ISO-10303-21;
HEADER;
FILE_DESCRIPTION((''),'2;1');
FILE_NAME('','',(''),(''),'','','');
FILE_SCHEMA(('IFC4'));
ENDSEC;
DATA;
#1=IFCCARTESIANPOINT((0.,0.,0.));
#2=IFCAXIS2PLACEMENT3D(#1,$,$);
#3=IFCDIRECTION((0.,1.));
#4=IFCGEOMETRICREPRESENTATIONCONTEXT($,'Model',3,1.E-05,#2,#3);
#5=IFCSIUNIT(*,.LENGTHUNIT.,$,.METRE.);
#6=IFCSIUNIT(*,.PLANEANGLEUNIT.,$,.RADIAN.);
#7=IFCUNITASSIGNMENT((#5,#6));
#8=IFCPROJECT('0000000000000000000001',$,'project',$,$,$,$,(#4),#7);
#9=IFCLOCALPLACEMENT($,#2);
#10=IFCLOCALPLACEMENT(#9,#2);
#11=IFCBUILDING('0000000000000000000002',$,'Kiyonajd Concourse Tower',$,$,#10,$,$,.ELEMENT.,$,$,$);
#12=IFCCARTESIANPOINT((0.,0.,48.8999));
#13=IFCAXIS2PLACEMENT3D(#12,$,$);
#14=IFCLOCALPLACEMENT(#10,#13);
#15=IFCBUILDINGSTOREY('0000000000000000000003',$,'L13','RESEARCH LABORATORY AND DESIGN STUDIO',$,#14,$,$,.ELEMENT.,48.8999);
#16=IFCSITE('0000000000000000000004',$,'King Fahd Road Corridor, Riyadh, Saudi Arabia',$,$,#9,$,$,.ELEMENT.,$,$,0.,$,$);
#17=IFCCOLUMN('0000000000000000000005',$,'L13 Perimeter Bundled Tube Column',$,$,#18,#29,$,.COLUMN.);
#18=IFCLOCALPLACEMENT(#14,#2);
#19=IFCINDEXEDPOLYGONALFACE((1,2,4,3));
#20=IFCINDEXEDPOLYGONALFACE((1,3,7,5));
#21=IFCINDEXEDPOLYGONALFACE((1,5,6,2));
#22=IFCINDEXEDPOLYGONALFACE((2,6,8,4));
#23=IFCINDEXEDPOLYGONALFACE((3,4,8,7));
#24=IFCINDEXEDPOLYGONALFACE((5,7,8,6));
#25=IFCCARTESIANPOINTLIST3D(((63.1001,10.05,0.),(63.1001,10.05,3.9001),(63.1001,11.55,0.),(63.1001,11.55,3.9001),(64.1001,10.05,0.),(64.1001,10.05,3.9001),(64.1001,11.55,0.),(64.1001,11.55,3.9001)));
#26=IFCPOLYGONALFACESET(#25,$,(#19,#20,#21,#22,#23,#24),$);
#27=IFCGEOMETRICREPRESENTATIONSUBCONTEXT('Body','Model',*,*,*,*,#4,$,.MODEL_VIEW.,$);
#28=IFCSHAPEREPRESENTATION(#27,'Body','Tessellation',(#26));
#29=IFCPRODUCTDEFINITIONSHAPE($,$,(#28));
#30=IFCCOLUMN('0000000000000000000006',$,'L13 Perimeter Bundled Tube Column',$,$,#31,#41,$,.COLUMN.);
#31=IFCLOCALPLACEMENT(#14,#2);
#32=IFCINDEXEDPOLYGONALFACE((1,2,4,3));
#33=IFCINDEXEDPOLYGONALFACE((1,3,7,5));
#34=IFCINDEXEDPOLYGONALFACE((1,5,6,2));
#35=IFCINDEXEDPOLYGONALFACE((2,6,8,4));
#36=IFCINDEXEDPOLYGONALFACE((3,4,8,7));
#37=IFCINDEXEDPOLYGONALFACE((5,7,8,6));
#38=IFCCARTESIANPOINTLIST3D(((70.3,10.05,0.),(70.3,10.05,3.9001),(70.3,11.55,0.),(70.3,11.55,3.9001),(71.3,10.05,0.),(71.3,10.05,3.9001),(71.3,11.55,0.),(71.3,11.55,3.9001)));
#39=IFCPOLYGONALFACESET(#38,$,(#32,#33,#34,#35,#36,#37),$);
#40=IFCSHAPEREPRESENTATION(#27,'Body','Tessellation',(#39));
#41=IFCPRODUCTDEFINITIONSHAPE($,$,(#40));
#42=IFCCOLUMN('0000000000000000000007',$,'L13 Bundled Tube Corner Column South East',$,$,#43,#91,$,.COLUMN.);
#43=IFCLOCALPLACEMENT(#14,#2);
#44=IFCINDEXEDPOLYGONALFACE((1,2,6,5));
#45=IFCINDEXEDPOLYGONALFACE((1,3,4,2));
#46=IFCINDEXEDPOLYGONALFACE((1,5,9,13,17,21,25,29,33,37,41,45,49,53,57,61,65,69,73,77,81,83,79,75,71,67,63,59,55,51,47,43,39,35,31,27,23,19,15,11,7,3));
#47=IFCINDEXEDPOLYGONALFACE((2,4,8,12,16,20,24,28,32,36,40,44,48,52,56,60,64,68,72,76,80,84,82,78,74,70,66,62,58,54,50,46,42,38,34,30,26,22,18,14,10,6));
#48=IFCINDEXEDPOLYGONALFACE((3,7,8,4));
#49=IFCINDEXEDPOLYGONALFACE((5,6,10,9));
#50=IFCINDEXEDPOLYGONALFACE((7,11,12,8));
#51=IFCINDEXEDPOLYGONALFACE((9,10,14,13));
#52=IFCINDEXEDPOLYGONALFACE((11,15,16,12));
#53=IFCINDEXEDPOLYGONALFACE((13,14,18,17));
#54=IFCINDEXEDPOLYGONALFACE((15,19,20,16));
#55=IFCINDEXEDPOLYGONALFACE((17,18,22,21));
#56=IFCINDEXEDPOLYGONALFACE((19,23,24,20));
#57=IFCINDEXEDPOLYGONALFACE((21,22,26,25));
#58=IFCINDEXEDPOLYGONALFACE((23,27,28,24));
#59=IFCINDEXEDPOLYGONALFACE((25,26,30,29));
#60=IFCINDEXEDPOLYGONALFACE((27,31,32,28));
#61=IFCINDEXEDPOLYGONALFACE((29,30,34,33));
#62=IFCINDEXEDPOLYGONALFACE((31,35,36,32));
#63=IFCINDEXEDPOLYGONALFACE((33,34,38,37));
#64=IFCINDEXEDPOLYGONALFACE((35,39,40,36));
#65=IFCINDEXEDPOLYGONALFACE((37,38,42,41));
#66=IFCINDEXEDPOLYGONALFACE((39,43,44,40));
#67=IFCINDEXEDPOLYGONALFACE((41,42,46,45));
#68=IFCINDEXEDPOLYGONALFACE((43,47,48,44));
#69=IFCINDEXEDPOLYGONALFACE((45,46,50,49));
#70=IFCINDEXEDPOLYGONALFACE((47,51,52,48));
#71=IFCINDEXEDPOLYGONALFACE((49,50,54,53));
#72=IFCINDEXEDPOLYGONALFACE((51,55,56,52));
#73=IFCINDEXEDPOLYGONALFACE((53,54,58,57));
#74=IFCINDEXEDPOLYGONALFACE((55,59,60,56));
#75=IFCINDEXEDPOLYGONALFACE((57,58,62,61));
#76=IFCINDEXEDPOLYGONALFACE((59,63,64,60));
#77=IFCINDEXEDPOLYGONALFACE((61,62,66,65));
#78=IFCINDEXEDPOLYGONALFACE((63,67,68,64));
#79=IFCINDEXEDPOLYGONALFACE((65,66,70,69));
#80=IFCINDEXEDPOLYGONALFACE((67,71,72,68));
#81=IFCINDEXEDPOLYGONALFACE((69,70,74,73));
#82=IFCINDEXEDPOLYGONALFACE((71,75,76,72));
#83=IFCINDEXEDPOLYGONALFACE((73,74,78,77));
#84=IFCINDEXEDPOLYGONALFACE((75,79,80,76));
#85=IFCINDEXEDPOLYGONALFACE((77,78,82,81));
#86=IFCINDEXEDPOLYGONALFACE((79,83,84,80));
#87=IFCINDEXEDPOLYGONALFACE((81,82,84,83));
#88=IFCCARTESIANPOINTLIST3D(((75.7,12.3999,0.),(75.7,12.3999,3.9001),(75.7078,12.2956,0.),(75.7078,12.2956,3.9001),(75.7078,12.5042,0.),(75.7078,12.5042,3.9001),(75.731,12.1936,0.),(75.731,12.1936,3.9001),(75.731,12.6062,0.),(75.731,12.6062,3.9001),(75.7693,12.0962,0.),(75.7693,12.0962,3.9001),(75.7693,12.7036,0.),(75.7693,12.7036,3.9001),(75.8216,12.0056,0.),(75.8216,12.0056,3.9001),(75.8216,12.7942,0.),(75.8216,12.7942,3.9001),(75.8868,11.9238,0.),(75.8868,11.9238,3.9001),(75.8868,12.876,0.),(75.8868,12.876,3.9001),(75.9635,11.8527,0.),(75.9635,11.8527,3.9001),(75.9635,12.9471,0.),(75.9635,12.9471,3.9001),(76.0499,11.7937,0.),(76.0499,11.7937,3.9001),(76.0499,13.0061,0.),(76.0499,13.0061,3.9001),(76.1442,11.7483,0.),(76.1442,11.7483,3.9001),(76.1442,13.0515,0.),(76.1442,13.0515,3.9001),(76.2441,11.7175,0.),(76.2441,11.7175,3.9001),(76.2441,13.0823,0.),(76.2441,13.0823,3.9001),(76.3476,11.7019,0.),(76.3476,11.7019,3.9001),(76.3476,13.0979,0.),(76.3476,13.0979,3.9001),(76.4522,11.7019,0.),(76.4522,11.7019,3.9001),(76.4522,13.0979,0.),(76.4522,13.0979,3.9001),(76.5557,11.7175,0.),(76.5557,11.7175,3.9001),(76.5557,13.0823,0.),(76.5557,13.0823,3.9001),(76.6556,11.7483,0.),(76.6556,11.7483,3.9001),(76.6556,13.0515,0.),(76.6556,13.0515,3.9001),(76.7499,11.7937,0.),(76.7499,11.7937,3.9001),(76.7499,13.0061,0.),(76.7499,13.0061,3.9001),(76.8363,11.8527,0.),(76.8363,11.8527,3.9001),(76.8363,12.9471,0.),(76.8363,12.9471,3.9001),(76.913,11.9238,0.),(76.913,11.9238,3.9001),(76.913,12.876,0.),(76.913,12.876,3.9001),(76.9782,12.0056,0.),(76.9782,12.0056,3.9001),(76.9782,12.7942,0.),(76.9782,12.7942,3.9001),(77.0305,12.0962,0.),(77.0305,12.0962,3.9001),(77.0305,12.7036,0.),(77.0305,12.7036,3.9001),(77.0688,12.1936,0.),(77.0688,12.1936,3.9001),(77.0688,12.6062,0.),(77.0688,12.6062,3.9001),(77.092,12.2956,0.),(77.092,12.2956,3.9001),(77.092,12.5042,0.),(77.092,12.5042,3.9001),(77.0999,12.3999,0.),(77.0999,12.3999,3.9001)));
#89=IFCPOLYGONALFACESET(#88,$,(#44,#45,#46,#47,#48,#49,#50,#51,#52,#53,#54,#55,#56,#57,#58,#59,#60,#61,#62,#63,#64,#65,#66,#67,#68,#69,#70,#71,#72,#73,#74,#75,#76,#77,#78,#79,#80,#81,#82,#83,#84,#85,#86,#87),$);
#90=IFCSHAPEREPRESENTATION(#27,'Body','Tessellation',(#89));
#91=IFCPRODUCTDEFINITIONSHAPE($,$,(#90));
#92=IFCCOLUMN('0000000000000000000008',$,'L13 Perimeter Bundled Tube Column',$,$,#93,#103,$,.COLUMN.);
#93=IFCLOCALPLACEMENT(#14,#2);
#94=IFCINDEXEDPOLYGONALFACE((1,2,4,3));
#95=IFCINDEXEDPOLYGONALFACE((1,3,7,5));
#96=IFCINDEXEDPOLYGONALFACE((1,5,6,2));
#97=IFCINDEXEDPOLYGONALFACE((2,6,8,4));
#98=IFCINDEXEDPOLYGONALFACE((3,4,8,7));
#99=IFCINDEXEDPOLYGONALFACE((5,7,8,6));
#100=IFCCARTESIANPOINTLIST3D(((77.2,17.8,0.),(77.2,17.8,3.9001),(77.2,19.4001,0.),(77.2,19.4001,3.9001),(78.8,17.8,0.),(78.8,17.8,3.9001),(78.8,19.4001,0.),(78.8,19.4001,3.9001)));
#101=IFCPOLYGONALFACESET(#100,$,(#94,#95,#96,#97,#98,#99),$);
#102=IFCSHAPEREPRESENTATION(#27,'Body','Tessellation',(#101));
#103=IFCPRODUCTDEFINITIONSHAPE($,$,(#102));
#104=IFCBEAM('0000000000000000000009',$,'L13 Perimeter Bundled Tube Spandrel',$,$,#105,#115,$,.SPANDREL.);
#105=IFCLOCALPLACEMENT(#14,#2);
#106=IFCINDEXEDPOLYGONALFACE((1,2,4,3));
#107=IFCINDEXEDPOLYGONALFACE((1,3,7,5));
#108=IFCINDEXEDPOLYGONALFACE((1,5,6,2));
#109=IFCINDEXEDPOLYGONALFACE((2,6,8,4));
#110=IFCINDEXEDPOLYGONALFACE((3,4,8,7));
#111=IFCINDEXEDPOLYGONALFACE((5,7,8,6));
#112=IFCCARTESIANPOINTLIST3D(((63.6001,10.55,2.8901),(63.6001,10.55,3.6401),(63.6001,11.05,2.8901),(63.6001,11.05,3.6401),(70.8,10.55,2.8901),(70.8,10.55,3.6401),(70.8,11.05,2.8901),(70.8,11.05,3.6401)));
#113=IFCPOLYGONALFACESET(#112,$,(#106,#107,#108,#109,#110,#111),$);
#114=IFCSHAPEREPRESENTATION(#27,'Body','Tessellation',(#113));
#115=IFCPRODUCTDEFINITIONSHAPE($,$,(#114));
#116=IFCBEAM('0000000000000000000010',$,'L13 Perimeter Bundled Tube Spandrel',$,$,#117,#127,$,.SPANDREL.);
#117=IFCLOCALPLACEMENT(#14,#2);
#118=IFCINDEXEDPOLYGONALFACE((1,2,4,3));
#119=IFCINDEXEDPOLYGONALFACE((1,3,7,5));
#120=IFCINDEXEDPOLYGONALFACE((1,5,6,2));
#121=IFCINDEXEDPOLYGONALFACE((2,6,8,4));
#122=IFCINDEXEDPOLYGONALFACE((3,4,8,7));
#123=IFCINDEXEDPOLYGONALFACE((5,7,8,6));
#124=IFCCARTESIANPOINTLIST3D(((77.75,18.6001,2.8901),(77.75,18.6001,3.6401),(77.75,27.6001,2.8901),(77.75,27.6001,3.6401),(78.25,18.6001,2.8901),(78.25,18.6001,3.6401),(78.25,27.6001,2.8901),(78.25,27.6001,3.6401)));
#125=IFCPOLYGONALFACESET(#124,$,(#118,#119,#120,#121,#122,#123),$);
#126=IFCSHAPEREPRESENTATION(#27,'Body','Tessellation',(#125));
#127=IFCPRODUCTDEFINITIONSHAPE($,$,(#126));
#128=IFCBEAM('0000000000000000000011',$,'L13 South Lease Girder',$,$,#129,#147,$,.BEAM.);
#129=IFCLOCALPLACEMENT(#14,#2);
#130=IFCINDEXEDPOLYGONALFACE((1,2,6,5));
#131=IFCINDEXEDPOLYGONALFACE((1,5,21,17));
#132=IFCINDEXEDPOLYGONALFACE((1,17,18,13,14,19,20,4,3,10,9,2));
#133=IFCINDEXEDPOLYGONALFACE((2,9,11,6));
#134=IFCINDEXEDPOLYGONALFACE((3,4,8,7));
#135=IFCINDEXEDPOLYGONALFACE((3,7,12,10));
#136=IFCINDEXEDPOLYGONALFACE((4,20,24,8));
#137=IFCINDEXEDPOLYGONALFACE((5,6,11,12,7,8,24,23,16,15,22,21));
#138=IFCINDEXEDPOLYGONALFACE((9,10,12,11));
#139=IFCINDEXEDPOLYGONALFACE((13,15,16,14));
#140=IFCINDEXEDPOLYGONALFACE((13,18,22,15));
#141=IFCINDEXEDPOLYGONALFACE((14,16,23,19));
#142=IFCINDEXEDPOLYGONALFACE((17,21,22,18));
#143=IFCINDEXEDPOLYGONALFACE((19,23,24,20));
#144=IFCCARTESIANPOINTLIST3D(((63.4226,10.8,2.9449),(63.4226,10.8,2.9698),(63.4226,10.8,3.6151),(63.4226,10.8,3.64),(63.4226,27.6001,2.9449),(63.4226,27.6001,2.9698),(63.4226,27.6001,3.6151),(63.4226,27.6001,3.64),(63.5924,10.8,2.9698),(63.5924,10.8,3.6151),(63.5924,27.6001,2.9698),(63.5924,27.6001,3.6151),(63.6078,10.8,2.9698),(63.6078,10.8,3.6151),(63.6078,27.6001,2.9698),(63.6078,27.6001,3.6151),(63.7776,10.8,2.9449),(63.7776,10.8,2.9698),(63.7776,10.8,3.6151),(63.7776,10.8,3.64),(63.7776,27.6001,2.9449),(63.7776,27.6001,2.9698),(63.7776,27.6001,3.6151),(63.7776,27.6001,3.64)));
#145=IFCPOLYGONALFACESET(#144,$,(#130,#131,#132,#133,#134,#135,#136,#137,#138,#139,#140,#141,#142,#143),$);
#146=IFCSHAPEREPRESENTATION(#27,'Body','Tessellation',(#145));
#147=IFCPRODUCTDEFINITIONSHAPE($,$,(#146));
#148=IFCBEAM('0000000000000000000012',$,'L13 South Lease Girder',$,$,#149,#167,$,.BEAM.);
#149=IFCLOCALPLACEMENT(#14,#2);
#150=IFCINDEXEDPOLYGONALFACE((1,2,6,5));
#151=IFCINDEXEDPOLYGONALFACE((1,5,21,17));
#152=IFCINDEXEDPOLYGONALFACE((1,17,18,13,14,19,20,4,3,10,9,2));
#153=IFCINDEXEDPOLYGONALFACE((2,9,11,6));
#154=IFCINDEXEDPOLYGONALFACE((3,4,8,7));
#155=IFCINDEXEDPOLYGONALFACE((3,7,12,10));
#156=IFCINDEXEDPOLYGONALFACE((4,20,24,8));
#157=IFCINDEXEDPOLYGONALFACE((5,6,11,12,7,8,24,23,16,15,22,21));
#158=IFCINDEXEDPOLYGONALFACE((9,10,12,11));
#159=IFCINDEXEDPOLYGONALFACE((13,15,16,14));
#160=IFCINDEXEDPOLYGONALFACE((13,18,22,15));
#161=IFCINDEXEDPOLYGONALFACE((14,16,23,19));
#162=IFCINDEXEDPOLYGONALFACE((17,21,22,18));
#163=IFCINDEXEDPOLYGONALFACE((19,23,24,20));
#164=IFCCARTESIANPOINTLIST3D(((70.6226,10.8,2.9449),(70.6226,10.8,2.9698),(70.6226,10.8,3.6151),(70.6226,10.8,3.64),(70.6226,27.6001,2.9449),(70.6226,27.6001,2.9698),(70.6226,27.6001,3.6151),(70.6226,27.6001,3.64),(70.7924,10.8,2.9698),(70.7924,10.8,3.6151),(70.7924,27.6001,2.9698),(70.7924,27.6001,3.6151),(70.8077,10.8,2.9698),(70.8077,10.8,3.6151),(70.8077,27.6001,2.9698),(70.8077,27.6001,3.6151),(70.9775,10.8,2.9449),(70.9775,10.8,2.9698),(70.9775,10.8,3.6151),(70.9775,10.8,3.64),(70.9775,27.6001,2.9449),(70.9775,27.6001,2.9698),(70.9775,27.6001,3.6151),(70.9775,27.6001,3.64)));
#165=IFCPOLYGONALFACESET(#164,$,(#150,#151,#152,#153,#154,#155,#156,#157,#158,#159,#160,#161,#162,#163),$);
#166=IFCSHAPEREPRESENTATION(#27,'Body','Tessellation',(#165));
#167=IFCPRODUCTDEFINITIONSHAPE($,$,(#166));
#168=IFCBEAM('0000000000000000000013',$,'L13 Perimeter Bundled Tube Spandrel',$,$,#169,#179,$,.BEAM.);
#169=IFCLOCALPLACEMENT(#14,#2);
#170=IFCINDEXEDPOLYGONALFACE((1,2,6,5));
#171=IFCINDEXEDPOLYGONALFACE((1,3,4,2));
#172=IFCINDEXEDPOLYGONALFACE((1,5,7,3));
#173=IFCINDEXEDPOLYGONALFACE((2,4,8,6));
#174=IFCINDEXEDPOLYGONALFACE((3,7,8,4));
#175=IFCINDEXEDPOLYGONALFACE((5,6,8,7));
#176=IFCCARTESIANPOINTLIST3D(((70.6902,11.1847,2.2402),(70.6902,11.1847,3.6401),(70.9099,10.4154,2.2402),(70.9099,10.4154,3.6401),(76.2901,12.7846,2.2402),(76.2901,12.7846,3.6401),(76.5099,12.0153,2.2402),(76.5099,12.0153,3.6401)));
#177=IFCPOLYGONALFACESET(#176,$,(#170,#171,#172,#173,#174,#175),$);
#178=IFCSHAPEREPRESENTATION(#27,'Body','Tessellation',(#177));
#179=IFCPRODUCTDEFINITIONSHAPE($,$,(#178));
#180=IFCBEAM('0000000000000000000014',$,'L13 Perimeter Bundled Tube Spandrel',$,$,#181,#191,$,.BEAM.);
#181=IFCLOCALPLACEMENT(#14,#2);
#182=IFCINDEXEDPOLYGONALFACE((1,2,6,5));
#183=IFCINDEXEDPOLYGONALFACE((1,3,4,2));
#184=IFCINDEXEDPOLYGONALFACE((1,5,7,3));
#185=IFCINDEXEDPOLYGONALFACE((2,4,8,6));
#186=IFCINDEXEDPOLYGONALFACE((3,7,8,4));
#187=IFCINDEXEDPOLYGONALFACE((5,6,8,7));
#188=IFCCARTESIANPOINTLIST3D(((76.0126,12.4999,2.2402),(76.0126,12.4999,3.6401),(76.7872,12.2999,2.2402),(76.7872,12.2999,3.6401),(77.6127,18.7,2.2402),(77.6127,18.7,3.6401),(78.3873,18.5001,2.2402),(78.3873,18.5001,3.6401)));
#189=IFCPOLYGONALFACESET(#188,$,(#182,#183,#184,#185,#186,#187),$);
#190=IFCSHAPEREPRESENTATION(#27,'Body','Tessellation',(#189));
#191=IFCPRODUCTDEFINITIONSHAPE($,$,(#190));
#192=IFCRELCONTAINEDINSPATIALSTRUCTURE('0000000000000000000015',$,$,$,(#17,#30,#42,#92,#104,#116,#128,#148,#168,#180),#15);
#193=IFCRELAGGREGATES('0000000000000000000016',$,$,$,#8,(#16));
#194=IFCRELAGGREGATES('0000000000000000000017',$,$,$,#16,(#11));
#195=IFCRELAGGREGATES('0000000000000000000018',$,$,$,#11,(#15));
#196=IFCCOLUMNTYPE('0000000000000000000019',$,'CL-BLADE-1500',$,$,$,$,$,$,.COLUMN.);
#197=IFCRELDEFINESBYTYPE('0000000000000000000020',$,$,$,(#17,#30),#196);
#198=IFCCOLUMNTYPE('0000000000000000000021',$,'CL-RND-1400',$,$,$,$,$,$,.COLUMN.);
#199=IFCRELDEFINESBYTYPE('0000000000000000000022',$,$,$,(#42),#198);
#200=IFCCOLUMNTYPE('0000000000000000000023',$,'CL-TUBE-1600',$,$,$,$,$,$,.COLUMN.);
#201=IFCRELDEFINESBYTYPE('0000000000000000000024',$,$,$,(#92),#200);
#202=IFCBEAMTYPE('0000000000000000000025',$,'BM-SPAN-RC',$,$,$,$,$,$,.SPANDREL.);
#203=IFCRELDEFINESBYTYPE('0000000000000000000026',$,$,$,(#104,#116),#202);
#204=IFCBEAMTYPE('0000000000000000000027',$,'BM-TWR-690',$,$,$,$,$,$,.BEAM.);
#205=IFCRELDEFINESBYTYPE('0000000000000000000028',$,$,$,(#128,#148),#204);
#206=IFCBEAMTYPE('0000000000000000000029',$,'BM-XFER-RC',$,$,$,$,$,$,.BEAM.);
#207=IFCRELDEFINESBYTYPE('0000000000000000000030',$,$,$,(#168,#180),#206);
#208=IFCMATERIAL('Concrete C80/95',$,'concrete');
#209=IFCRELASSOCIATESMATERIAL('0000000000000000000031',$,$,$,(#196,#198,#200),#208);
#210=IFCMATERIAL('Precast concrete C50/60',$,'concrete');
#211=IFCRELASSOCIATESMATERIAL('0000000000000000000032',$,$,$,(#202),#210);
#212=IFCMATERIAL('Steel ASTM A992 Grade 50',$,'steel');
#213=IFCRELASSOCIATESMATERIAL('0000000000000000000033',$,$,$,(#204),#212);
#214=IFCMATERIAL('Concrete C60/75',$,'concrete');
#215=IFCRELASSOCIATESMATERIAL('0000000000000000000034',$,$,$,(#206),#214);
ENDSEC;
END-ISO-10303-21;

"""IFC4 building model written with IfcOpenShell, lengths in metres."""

from ifc_helpers import new_model, si_unit, direction, frame, origin, origin_2d, place, context, subcontext, project, spatial, rectangle, circle, i_section, extrude, material, material_profile, profile_set, type_object, element, save


model = new_model("IFC4")

# Units and contexts
model_context = context("Model", 3, precision=1e-05, world=origin(), true_north=direction((0.0, 1.0)))
body_context = subcontext(model_context, "Body", "Model", "MODEL_VIEW")
ifc_project = project(units=[si_unit("LENGTHUNIT", "METRE"), si_unit("PLANEANGLEUNIT", "RADIAN")], contexts=[model_context])

# Site, building, storey
site_placement = place(None, origin())
site = spatial("IfcSite", under=ifc_project, at=site_placement, Name="King Fahd Road Corridor, Riyadh, Saudi Arabia", CompositionType="ELEMENT", RefElevation=0.0)
building_placement = place(site_placement, origin())
building = spatial("IfcBuilding", under=site, at=building_placement, Name="Kiyonajd Concourse Tower", CompositionType="ELEMENT")
storey_placement = place(building_placement, frame((0.0, 0.0, 48.8999)))
storey = spatial("IfcBuildingStorey", under=building, at=storey_placement, Name="L13", Description="RESEARCH LABORATORY AND DESIGN STUDIO", CompositionType="ELEMENT", Elevation=48.8999)

# Columns
ifc_material_1 = material(Name="Concrete C80/95", Category="concrete")
ifc_material_profile_1 = material_profile(ifc_material_1, rectangle(XDim=1.0, YDim=1.5, at=origin_2d()), Name="RC-1500x1000")
ifc_profile_set_1 = profile_set([ifc_material_profile_1], Name="Concrete C80/95")
column_type_1 = type_object("IfcColumnType", Name="CL-BLADE-1500", PredefinedType="COLUMN", material=ifc_profile_set_1)
for number, where, z_axis, x_axis, name in (
    (1, (63.6001, 10.8, 0.0), (0.0, 0.0, 1.0), (1.0, 0.0, 0.0), "L13 Perimeter Bundled Tube Column"),
    (2, (70.8, 10.8, 0.0), (0.0, 0.0, 1.0), (1.0, 0.0, 0.0), "L13 Perimeter Bundled Tube Column"),
):
    element("IfcColumn", number, at=place(storey_placement, frame(where, z_axis=z_axis, x_axis=x_axis)), inside=storey, type_object=column_type_1, Name=name, PredefinedType="COLUMN", context=body_context, shape_type="SweptSolid", body=[
        extrude(rectangle(XDim=1.0, YDim=1.5, at=origin_2d()), origin(), (0.0, 0.0, 1.0), 3.9001),
    ])
ifc_material_profile_2 = material_profile(ifc_material_1, circle(Radius=0.7, at=origin_2d()), Name="RCC-D1400")
ifc_profile_set_2 = profile_set([ifc_material_profile_2], Name="Concrete C80/95")
column_type_2 = type_object("IfcColumnType", Name="CL-RND-1400", PredefinedType="COLUMN", material=ifc_profile_set_2)
column_1_placement = place(storey_placement, frame((76.3999, 12.3999, 0.0), z_axis=(0.0, 0.0, 1.0), x_axis=(1.0, 0.0, 0.0)))
element("IfcColumn", 3, at=column_1_placement, inside=storey, type_object=column_type_2, Name="L13 Bundled Tube Corner Column South East", PredefinedType="COLUMN", context=body_context, shape_type="SweptSolid", body=[
    extrude(circle(Radius=0.7, at=origin_2d()), origin(), (0.0, 0.0, 1.0), 3.9001),
])
ifc_material_profile_3 = material_profile(ifc_material_1, rectangle(XDim=1.6001, YDim=1.6001, at=origin_2d()), Name="RC-1600x1600")
ifc_profile_set_3 = profile_set([ifc_material_profile_3], Name="Concrete C80/95")
column_type_3 = type_object("IfcColumnType", Name="CL-TUBE-1600", PredefinedType="COLUMN", material=ifc_profile_set_3)
column_2_placement = place(storey_placement, frame((78.0, 18.6001, 0.0), z_axis=(0.0, 0.0, 1.0), x_axis=(1.0, 0.0, 0.0)))
element("IfcColumn", 4, at=column_2_placement, inside=storey, type_object=column_type_3, Name="L13 Perimeter Bundled Tube Column", PredefinedType="COLUMN", context=body_context, shape_type="SweptSolid", body=[
    extrude(rectangle(XDim=1.6001, YDim=1.6001, at=origin_2d()), origin(), (0.0, 0.0, 1.0), 3.9001),
])

# Beams
ifc_material_2 = material(Name="Precast concrete C50/60", Category="concrete")
ifc_material_profile_4 = material_profile(ifc_material_2, rectangle(XDim=0.5, YDim=0.75, at=origin_2d()), Name="RCBM-500x750")
ifc_profile_set_4 = profile_set([ifc_material_profile_4], Name="Precast concrete C50/60")
beam_type_1 = type_object("IfcBeamType", Name="BM-SPAN-RC", PredefinedType="SPANDREL", material=ifc_profile_set_4)
beam_1_placement = place(storey_placement, frame((63.6001, 10.8, 3.2651), z_axis=(1.0, 0.0, 0.0), x_axis=(0.0, 1.0, 0.0)))
element("IfcBeam", 5, at=beam_1_placement, inside=storey, type_object=beam_type_1, Name="L13 Perimeter Bundled Tube Spandrel", PredefinedType="SPANDREL", context=body_context, shape_type="SweptSolid", body=[
    extrude(rectangle(XDim=0.5, YDim=0.75, at=origin_2d()), origin(), (0.0, 0.0, 1.0), 7.2),
])
beam_2_placement = place(storey_placement, frame((78.0, 18.6001, 3.2651), z_axis=(0.0, 1.0, 0.0), x_axis=(-1.0, 0.0, 0.0)))
element("IfcBeam", 6, at=beam_2_placement, inside=storey, type_object=beam_type_1, Name="L13 Perimeter Bundled Tube Spandrel", PredefinedType="SPANDREL", context=body_context, shape_type="SweptSolid", body=[
    extrude(rectangle(XDim=0.5, YDim=0.75, at=origin_2d()), origin(), (0.0, 0.0, 1.0), 9.0),
])
ifc_material_3 = material(Name="Steel ASTM A992 Grade 50", Category="steel")
ifc_material_profile_5 = material_profile(ifc_material_3, i_section(OverallWidth=0.355, OverallDepth=0.6951, WebThickness=0.0154, FlangeThickness=0.0249, at=origin_2d()), Name="W690X217")
ifc_profile_set_5 = profile_set([ifc_material_profile_5], Name="Steel ASTM A992 Grade 50")
beam_type_2 = type_object("IfcBeamType", Name="BM-TWR-690", PredefinedType="BEAM", material=ifc_profile_set_5)
for number, where, z_axis, x_axis, name in (
    (7, (63.6001, 10.8, 3.2925), (0.0, 1.0, 0.0), (-1.0, 0.0, 0.0), "L13 South Lease Girder"),
    (8, (70.8, 10.8, 3.2925), (0.0, 1.0, 0.0), (-1.0, 0.0, 0.0), "L13 South Lease Girder"),
):
    element("IfcBeam", number, at=place(storey_placement, frame(where, z_axis=z_axis, x_axis=x_axis)), inside=storey, type_object=beam_type_2, Name=name, PredefinedType="BEAM", context=body_context, shape_type="SweptSolid", body=[
        extrude(i_section(OverallWidth=0.355, OverallDepth=0.6951, WebThickness=0.0154, FlangeThickness=0.0249, at=origin_2d()), origin(), (0.0, 0.0, 1.0), 16.8),
    ])
ifc_material_4 = material(Name="Concrete C60/75", Category="concrete")
ifc_material_profile_6 = material_profile(ifc_material_4, rectangle(XDim=0.8, YDim=1.3999, at=origin_2d()), Name="RCBM-800x1400")
ifc_profile_set_6 = profile_set([ifc_material_profile_6], Name="Concrete C60/75")
beam_type_3 = type_object("IfcBeamType", Name="BM-XFER-RC", PredefinedType="BEAM", material=ifc_profile_set_6)
beam_3_placement = place(storey_placement, frame((70.8, 10.8, 2.9402), z_axis=(0.961529, 0.274705, 0.0), x_axis=(-0.274705, 0.961529, 0.0)))
element("IfcBeam", 9, at=beam_3_placement, inside=storey, type_object=beam_type_3, Name="L13 Perimeter Bundled Tube Spandrel", PredefinedType="BEAM", context=body_context, shape_type="SweptSolid", body=[
    extrude(rectangle(XDim=0.8, YDim=1.3999, at=origin_2d()), origin(), (0.0, 0.0, 1.0), 5.824),
])
beam_4_placement = place(storey_placement, frame((76.3999, 12.3999, 2.9402), z_axis=(0.249885, 0.968276, 0.0), x_axis=(-0.968276, 0.249885, 0.0)))
element("IfcBeam", 10, at=beam_4_placement, inside=storey, type_object=beam_type_3, Name="L13 Perimeter Bundled Tube Spandrel", PredefinedType="BEAM", context=body_context, shape_type="SweptSolid", body=[
    extrude(rectangle(XDim=0.8, YDim=1.3999, at=origin_2d()), origin(), (0.0, 0.0, 1.0), 6.4033),
])

save(model, "model.ifc")
